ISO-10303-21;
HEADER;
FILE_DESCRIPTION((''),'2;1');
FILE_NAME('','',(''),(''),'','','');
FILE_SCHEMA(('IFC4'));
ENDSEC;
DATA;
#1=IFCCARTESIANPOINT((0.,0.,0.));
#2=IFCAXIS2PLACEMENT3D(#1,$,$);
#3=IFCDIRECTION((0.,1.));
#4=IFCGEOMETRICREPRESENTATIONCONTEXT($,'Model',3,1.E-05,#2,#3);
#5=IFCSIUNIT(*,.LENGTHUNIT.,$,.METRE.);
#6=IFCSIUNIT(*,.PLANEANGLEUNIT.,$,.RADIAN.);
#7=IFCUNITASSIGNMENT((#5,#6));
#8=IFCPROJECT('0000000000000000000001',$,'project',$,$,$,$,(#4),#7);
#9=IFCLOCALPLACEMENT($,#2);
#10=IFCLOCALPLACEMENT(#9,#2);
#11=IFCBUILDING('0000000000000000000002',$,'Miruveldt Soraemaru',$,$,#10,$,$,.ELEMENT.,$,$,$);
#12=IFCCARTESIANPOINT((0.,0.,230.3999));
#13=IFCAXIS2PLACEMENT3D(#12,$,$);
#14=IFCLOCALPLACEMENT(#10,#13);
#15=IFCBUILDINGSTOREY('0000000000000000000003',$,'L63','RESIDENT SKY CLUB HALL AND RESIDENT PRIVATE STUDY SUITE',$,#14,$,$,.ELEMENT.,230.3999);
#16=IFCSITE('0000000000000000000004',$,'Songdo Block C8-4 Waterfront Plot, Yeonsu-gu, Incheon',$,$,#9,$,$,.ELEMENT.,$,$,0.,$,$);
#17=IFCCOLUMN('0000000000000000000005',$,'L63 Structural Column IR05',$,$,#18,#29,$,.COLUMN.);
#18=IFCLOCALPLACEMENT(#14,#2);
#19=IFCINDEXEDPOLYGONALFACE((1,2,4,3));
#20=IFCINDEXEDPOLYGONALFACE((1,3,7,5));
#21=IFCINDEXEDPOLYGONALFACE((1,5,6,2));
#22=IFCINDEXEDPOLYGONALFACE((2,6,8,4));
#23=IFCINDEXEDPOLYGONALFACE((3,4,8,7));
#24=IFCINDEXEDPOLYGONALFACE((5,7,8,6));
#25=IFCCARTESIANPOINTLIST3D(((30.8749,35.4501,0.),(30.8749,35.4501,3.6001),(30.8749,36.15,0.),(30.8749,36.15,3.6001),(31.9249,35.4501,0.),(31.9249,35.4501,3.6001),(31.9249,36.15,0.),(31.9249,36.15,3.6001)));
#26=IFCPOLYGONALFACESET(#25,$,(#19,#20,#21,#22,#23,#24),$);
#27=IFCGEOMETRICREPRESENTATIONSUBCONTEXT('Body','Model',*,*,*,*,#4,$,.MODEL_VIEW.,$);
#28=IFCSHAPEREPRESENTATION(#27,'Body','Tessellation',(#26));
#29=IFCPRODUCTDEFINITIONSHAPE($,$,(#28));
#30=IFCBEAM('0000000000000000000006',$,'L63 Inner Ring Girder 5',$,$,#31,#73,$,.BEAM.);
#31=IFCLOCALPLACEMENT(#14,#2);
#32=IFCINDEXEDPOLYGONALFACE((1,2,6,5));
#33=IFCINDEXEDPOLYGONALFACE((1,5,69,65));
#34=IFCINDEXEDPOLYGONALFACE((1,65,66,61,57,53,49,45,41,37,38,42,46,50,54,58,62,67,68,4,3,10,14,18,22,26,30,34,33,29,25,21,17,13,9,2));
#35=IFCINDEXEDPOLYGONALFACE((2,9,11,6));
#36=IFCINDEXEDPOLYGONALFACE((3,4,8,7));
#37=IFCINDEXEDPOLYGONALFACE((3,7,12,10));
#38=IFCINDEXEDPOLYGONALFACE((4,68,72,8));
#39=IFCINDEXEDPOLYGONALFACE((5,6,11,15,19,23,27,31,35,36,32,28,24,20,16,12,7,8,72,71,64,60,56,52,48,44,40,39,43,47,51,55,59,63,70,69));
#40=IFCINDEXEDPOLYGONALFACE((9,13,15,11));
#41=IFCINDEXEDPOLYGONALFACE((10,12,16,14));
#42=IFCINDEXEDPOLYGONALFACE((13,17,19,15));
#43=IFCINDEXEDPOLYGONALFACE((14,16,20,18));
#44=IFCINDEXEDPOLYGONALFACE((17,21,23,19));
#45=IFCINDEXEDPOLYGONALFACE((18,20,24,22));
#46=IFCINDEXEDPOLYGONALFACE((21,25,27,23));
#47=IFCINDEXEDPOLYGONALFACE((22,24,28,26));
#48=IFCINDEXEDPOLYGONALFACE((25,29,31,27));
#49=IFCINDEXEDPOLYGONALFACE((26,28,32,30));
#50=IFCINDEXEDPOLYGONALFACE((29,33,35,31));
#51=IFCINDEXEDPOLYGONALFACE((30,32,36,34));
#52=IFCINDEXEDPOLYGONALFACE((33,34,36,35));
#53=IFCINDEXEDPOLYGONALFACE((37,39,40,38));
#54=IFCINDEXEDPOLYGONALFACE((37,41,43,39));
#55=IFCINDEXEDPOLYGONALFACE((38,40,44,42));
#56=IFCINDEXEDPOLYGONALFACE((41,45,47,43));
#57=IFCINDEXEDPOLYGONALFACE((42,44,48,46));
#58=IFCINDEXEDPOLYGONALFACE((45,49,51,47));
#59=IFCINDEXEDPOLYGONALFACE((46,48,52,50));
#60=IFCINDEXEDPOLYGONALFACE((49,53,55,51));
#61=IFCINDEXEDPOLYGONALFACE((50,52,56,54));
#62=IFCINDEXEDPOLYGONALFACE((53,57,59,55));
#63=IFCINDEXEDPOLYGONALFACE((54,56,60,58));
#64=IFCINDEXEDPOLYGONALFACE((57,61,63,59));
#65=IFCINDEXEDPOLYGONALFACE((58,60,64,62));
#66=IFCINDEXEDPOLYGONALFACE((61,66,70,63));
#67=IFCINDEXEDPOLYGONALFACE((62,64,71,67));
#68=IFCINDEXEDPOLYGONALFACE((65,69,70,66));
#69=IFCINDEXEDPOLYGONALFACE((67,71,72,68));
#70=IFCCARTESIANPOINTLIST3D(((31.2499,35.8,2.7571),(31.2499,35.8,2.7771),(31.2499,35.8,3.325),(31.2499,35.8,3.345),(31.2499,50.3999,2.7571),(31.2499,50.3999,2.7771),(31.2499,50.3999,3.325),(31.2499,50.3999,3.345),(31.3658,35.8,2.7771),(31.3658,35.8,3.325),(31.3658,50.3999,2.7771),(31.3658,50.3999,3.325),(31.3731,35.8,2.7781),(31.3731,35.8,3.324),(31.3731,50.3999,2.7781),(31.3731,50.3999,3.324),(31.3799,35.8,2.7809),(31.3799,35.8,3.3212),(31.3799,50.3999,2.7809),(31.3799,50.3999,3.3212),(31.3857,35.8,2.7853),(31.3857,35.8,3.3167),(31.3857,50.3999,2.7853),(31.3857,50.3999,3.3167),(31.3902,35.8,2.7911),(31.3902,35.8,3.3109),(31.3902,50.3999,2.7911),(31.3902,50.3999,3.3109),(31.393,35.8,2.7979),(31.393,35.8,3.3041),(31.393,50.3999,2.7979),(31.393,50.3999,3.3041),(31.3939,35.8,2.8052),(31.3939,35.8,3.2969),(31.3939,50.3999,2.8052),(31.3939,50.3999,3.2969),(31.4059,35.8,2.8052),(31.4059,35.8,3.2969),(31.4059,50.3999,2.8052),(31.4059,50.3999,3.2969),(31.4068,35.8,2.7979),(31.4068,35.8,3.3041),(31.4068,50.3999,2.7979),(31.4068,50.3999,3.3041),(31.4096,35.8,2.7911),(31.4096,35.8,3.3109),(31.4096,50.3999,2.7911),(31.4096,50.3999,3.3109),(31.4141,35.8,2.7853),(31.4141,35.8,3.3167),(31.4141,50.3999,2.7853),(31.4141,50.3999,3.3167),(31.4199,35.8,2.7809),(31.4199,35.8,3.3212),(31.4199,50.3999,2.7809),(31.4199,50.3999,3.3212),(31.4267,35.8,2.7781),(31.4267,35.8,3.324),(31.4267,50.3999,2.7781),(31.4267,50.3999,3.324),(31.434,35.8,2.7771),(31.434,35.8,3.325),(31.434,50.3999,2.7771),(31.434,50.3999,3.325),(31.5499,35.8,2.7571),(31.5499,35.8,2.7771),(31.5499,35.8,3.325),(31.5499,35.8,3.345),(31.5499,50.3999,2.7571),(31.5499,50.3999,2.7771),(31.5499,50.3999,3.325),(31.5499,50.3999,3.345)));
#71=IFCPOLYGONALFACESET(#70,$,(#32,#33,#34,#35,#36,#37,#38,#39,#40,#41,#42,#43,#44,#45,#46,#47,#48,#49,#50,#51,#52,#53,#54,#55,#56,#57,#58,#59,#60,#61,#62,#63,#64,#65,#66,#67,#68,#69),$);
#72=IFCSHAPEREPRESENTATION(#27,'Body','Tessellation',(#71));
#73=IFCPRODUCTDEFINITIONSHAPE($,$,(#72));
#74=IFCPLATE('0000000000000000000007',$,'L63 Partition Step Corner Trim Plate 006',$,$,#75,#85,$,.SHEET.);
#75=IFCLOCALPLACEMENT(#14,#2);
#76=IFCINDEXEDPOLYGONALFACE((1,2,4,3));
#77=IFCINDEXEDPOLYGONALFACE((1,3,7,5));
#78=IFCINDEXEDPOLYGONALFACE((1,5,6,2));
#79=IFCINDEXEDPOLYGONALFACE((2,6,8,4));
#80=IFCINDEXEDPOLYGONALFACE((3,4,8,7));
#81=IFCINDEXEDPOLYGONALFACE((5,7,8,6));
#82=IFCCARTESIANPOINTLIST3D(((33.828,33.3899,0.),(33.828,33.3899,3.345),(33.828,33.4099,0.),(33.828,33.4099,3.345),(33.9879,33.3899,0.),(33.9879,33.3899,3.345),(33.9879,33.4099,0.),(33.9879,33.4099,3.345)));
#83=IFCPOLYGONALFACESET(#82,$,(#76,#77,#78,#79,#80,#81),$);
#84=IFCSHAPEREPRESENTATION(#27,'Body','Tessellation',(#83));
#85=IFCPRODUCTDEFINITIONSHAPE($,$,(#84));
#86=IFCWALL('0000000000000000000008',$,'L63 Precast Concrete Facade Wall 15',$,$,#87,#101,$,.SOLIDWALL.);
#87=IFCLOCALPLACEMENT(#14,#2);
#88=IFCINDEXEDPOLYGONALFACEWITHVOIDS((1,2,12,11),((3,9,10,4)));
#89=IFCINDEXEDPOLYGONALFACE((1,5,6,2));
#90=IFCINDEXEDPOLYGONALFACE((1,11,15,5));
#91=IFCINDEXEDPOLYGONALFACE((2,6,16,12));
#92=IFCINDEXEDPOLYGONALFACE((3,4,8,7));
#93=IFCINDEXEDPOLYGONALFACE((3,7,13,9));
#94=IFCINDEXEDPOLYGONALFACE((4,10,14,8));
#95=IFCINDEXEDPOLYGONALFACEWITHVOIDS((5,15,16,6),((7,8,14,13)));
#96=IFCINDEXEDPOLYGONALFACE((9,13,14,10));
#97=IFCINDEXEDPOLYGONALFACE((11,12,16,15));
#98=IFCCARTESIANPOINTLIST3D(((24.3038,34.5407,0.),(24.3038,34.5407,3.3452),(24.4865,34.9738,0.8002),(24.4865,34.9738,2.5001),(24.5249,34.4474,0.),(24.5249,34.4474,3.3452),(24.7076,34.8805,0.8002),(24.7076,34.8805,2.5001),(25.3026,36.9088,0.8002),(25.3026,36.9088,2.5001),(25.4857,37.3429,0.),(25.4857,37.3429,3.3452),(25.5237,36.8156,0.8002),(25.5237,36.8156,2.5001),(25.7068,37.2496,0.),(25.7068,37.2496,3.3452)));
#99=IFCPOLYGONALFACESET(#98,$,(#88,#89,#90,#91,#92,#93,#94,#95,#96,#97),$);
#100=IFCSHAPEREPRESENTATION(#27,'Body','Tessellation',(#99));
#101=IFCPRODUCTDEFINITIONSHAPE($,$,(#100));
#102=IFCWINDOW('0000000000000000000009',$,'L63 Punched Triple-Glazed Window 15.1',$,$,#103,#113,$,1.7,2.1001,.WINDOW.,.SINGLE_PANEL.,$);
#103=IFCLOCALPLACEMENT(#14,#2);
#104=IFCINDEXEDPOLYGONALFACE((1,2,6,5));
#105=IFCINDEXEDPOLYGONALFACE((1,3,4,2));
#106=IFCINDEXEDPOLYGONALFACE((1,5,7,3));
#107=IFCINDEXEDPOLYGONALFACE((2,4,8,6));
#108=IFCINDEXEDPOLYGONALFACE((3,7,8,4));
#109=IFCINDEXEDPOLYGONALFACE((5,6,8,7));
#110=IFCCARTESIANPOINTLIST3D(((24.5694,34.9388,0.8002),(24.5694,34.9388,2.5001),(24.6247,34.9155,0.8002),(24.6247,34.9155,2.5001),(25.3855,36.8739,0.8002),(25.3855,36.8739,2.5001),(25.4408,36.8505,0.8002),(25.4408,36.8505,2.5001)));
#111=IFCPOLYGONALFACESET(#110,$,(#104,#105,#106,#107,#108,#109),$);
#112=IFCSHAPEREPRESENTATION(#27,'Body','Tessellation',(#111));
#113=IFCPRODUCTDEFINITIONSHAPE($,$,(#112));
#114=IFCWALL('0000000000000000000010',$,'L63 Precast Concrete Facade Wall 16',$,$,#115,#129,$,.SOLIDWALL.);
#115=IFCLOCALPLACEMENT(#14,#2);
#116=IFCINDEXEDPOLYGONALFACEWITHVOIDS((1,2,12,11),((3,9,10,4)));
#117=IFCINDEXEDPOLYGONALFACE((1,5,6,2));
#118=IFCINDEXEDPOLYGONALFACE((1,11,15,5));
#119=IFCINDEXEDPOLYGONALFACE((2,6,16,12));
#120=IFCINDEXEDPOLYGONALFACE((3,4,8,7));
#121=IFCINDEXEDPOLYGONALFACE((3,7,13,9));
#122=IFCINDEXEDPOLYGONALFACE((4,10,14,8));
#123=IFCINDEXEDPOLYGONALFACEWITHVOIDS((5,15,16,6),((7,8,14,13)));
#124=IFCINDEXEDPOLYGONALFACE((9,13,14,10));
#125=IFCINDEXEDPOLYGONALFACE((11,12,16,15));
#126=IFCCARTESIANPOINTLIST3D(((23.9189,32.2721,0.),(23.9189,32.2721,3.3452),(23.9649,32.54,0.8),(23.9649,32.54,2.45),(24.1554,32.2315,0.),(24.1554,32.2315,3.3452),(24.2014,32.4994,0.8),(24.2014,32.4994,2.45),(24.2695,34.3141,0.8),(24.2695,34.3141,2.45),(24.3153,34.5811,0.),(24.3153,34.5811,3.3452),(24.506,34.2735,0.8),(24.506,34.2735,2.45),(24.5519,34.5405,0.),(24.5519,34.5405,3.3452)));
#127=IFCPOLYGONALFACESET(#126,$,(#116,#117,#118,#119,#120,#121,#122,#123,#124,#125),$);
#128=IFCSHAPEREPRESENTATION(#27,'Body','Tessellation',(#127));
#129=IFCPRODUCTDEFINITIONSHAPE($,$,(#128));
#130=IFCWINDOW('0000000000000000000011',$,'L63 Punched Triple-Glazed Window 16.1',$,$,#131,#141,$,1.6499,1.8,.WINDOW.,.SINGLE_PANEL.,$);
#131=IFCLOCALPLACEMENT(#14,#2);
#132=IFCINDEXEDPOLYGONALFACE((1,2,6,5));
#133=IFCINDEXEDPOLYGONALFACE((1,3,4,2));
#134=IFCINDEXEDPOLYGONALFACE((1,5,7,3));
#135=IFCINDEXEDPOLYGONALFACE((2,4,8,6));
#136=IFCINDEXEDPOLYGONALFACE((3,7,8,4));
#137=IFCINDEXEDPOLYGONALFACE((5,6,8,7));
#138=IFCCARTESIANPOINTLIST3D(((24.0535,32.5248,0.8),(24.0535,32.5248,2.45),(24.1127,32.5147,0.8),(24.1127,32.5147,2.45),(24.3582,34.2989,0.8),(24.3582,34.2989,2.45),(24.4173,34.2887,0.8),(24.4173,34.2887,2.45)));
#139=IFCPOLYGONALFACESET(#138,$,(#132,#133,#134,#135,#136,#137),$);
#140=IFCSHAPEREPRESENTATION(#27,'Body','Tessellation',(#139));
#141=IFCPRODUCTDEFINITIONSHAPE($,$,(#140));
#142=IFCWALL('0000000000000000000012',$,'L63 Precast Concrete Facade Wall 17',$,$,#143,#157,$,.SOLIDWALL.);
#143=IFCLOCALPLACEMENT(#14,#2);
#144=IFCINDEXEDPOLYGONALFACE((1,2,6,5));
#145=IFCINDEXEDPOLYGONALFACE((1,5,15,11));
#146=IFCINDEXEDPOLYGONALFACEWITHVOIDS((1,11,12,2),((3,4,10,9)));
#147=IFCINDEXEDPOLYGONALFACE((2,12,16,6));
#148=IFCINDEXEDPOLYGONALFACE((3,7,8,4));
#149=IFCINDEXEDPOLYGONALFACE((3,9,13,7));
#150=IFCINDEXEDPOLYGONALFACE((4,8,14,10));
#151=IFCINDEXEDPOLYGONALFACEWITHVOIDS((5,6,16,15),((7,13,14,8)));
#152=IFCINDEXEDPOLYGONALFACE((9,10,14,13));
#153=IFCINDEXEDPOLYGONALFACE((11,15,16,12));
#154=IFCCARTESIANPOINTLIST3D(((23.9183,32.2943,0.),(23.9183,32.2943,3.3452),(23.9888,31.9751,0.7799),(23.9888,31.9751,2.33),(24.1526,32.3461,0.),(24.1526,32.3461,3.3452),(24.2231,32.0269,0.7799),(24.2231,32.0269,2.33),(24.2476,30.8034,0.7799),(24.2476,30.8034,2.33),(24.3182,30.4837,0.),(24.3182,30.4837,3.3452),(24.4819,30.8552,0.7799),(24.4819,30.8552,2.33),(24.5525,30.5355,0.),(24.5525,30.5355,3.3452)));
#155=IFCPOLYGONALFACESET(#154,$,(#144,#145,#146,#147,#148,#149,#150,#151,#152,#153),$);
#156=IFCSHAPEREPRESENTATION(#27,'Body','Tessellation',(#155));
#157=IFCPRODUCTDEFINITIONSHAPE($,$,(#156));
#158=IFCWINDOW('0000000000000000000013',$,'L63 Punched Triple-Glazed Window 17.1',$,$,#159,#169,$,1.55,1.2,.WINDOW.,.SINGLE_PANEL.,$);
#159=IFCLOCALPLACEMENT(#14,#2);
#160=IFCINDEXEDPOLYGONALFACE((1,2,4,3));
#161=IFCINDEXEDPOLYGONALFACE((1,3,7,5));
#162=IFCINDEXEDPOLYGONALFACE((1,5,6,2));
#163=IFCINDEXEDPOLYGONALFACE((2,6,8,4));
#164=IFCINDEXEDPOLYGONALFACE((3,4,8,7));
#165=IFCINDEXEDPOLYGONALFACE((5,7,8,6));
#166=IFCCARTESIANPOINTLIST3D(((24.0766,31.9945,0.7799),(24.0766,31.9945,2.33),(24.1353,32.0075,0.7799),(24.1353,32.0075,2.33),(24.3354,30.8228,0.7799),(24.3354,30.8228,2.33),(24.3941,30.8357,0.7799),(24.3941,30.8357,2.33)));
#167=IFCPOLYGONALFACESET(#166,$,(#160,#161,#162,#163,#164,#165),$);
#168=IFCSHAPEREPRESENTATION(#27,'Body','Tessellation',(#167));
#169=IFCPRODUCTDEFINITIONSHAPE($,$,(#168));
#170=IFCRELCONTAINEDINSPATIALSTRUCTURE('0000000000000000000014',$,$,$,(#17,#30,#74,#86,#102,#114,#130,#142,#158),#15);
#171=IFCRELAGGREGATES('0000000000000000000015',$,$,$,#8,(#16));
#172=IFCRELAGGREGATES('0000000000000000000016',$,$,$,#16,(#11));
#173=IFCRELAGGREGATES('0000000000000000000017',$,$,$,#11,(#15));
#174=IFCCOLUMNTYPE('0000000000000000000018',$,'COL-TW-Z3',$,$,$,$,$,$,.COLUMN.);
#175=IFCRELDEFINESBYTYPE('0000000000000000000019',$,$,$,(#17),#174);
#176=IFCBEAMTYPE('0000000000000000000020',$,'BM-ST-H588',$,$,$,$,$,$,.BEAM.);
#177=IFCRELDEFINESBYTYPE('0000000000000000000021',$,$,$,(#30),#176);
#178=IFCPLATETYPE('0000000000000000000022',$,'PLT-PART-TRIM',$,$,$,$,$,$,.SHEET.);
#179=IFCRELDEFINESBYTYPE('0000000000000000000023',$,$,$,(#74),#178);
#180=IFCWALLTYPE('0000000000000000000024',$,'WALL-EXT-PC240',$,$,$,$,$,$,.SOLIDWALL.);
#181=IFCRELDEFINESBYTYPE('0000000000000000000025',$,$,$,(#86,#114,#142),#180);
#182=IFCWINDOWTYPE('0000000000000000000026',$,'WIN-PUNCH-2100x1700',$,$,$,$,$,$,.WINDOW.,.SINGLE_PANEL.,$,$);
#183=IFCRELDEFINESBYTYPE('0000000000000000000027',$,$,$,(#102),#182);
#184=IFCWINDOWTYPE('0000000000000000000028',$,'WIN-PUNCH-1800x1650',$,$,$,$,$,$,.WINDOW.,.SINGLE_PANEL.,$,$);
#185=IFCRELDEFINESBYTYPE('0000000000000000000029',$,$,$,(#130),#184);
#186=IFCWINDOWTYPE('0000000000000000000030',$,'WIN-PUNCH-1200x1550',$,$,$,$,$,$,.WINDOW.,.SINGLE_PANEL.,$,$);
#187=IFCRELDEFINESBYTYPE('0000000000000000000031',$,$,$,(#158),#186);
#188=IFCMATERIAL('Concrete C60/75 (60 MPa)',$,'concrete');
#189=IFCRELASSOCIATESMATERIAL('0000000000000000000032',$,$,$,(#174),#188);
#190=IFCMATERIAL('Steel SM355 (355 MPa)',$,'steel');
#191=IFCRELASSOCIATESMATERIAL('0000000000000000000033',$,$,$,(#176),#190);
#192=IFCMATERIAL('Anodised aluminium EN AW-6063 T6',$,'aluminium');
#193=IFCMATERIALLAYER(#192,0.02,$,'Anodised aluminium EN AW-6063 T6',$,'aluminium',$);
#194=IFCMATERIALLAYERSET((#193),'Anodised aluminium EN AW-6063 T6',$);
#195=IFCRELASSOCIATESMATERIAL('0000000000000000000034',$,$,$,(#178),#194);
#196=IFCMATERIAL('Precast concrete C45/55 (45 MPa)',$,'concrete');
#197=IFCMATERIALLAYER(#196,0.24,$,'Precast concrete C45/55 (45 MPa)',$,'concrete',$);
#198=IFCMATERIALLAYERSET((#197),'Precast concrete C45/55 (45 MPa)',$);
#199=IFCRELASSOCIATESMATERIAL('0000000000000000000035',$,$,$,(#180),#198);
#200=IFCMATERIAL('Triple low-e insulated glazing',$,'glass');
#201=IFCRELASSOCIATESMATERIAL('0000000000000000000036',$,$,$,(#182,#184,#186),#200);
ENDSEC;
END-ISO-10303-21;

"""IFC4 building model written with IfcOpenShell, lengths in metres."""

from ifc_helpers import new_model, si_unit, direction, frame, frame_2d, origin, origin_2d, place, context, subcontext, project, spatial, rectangle, i_section, extrude, material, layer, layer_set, material_profile, profile_set, type_object, element, fill, save


model = new_model("IFC4")

# Units and contexts
model_context = context("Model", 3, precision=1e-05, world=origin(), true_north=direction((0.0, 1.0)))
body_context = subcontext(model_context, "Body", "Model", "MODEL_VIEW")
ifc_project = project(units=[si_unit("LENGTHUNIT", "METRE"), si_unit("PLANEANGLEUNIT", "RADIAN")], contexts=[model_context])

# Site, building, storey
site_placement = place(None, origin())
site = spatial("IfcSite", under=ifc_project, at=site_placement, Name="Songdo Block C8-4 Waterfront Plot, Yeonsu-gu, Incheon", CompositionType="ELEMENT", RefElevation=0.0)
building_placement = place(site_placement, origin())
building = spatial("IfcBuilding", under=site, at=building_placement, Name="Miruveldt Soraemaru", CompositionType="ELEMENT")
storey_placement = place(building_placement, frame((0.0, 0.0, 230.3999)))
storey = spatial("IfcBuildingStorey", under=building, at=storey_placement, Name="L63", Description="RESIDENT SKY CLUB HALL AND RESIDENT PRIVATE STUDY SUITE", CompositionType="ELEMENT", Elevation=230.3999)

# Column
ifc_material_1 = material(Name="Concrete C60/75 (60 MPa)", Category="concrete")
ifc_material_profile_1 = material_profile(ifc_material_1, rectangle(XDim=1.05, YDim=0.7, at=origin_2d()), Name="Concrete C60/75 (60 MPa)", Category="concrete")
ifc_profile_set_1 = profile_set([ifc_material_profile_1], Name="Concrete C60/75 (60 MPa)")
column_type = type_object("IfcColumnType", Name="COL-TW-Z3", PredefinedType="COLUMN", material=ifc_profile_set_1)
column_placement = place(storey_placement, frame((31.3999, 35.8, 0.0), z_axis=(0.0, 0.0, 1.0), x_axis=(1.0, 0.0, 0.0)))
element("IfcColumn", 1, at=column_placement, inside=storey, type_object=column_type, Name="L63 Structural Column IR05", PredefinedType="COLUMN", context=body_context, shape_type="SweptSolid", body=[
    extrude(rectangle(XDim=1.05, YDim=0.7, at=origin_2d()), origin(), (0.0, 0.0, 1.0), 3.6001),
])

# Beam
ifc_material_2 = material(Name="Steel SM355 (355 MPa)", Category="steel")
ifc_material_profile_2 = material_profile(ifc_material_2, i_section(OverallWidth=0.3, OverallDepth=0.5879, WebThickness=0.012, FlangeThickness=0.02, FilletRadius=0.0281, at=origin_2d()), Name="Steel SM355 (355 MPa)", Category="steel")
ifc_profile_set_2 = profile_set([ifc_material_profile_2], Name="Steel SM355 (355 MPa)")
beam_type = type_object("IfcBeamType", Name="BM-ST-H588", PredefinedType="BEAM", material=ifc_profile_set_2)
beam_placement = place(storey_placement, frame((31.3999, 35.8, 3.051), z_axis=(0.0, 1.0, 0.0), x_axis=(-1.0, 0.0, 0.0)))
element("IfcBeam", 2, at=beam_placement, inside=storey, type_object=beam_type, Name="L63 Inner Ring Girder 5", PredefinedType="BEAM", context=body_context, shape_type="SweptSolid", body=[
    extrude(i_section(OverallWidth=0.3, OverallDepth=0.5879, WebThickness=0.012, FlangeThickness=0.02, FilletRadius=0.0281, at=origin_2d()), origin(), (0.0, 0.0, 1.0), 14.5999),
])

# Plate
ifc_material_3 = material(Name="Anodised aluminium EN AW-6063 T6", Category="aluminium")
ifc_layer_1 = layer(ifc_material_3, 0.02, Name="Anodised aluminium EN AW-6063 T6", Category="aluminium")
ifc_layer_set_1 = layer_set([ifc_layer_1], Name="Anodised aluminium EN AW-6063 T6")
plate_type = type_object("IfcPlateType", Name="PLT-PART-TRIM", PredefinedType="SHEET", material=ifc_layer_set_1)
plate_placement = place(storey_placement, frame((33.908, 33.3999, 0.0), z_axis=(0.0, 0.0, 1.0), x_axis=(1.0, 0.0, 0.0)))
element("IfcPlate", 3, at=plate_placement, inside=storey, type_object=plate_type, Name="L63 Partition Step Corner Trim Plate 006", PredefinedType="SHEET", context=body_context, shape_type="SweptSolid", body=[
    extrude(rectangle(XDim=0.1599, YDim=0.02, at=origin_2d()), origin(), (0.0, 0.0, 1.0), 3.345),
])

# Walls, openings, windows
ifc_material_4 = material(Name="Precast concrete C45/55 (45 MPa)", Category="concrete")
ifc_layer_2 = layer(ifc_material_4, 0.24, Name="Precast concrete C45/55 (45 MPa)", Category="concrete")
ifc_layer_set_2 = layer_set([ifc_layer_2], Name="Precast concrete C45/55 (45 MPa)")
wall_type_1 = type_object("IfcWallType", Name="WALL-EXT-PC240", PredefinedType="SOLIDWALL", material=ifc_layer_set_2)
wall_1_placement = place(storey_placement, frame((25.5962, 37.2961, 0.0), z_axis=(0.0, 0.0, 1.0), x_axis=(-0.388613, -0.921401, 0.0)))
wall_1 = element("IfcWall", 4, at=wall_1_placement, inside=storey, type_object=wall_type_1, Name="L63 Precast Concrete Facade Wall 15", PredefinedType="SOLIDWALL", context=body_context, shape_type="SweptSolid", body=[
    extrude(rectangle(XDim=3.0413, YDim=0.24, at=frame_2d((1.5205, 0.0))), origin(), (0.0, 0.0, 1.0), 3.3452),
])
opening_1_placement = place(wall_1_placement, frame((0.4709, 0.0, 0.8)))
opening_1 = element("IfcOpeningElement", 5, at=opening_1_placement, cuts=wall_1, PredefinedType="OPENING", context=body_context, shape_type="SweptSolid", body=[
    extrude(rectangle(XDim=2.1001, YDim=1.7, at=frame_2d((1.05, 0.8501))), frame((0.0, 0.1299, 0.0), z_axis=(0.0, -1.0, 0.0), x_axis=(1.0, 0.0, 0.0)), (0.0, 0.0, 1.0), 0.26),
])
ifc_material_5 = material(Name="Triple low-e insulated glazing", Category="glass")
window_type_1 = type_object("IfcWindowType", Name="WIN-PUNCH-2100x1700", PartitioningType="SINGLE_PANEL", PredefinedType="WINDOW", material=ifc_material_5)
window_1_placement = place(opening_1_placement, origin())
window_1 = element("IfcWindow", 6, at=window_1_placement, inside=storey, type_object=window_type_1, Name="L63 Punched Triple-Glazed Window 15.1", OverallHeight=1.7, OverallWidth=2.1001, PartitioningType="SINGLE_PANEL", PredefinedType="WINDOW", context=body_context, shape_type="SweptSolid", body=[
    extrude(rectangle(XDim=2.1001, YDim=1.7, at=frame_2d((1.05, 0.8501))), frame((0.0, 0.03, 0.0), z_axis=(0.0, -1.0, 0.0), x_axis=(1.0, 0.0, 0.0)), (0.0, 0.0, 1.0), 0.0601),
])
fill(opening_1, window_1)
wall_2_placement = place(storey_placement, frame((24.4336, 34.5608, 0.0), z_axis=(0.0, 0.0, 1.0), x_axis=(-0.16923, -0.985577, 0.0)))
wall_2 = element("IfcWall", 7, at=wall_2_placement, inside=storey, type_object=wall_type_1, Name="L63 Precast Concrete Facade Wall 16", PredefinedType="SOLIDWALL", context=body_context, shape_type="SweptSolid", body=[
    extrude(rectangle(XDim=2.3428, YDim=0.24, at=frame_2d((1.1714, 0.0))), origin(), (0.0, 0.0, 1.0), 3.3452),
])
opening_2_placement = place(wall_2_placement, frame((0.271, 0.0, 0.8)))
opening_2 = element("IfcOpeningElement", 8, at=opening_2_placement, cuts=wall_2, PredefinedType="OPENING", context=body_context, shape_type="SweptSolid", body=[
    extrude(rectangle(XDim=1.8, YDim=1.6499, at=frame_2d((0.8999, 0.825))), frame((0.0, 0.1299, 0.0), z_axis=(0.0, -1.0, 0.0), x_axis=(1.0, 0.0, 0.0)), (0.0, 0.0, 1.0), 0.26),
])
window_type_2 = type_object("IfcWindowType", Name="WIN-PUNCH-1800x1650", PartitioningType="SINGLE_PANEL", PredefinedType="WINDOW", material=ifc_material_5)
window_2_placement = place(opening_2_placement, origin())
window_2 = element("IfcWindow", 9, at=window_2_placement, inside=storey, type_object=window_type_2, Name="L63 Punched Triple-Glazed Window 16.1", OverallHeight=1.6499, OverallWidth=1.8, PartitioningType="SINGLE_PANEL", PredefinedType="WINDOW", context=body_context, shape_type="SweptSolid", body=[
    extrude(rectangle(XDim=1.8, YDim=1.6499, at=frame_2d((0.8999, 0.825))), frame((0.0, 0.03, 0.0), z_axis=(0.0, -1.0, 0.0), x_axis=(1.0, 0.0, 0.0)), (0.0, 0.0, 1.0), 0.0601),
])
fill(opening_2, window_2)
wall_3_placement = place(storey_placement, frame((24.0354, 32.3203, 0.0), z_axis=(0.0, 0.0, 1.0), x_axis=(0.215676, -0.976465, 0.0)))
wall_3 = element("IfcWall", 10, at=wall_3_placement, inside=storey, type_object=wall_type_1, Name="L63 Precast Concrete Facade Wall 17", PredefinedType="SOLIDWALL", context=body_context, shape_type="SweptSolid", body=[
    extrude(rectangle(XDim=1.8542, YDim=0.24, at=frame_2d((0.9272, 0.0))), origin(), (0.0, 0.0, 1.0), 3.3452),
])
opening_3_placement = place(wall_3_placement, frame((0.3269, 0.0, 0.78)))
opening_3 = element("IfcOpeningElement", 11, at=opening_3_placement, cuts=wall_3, PredefinedType="OPENING", context=body_context, shape_type="SweptSolid", body=[
    extrude(rectangle(XDim=1.2, YDim=1.55, at=frame_2d((0.6001, 0.7749))), frame((0.0, 0.1299, 0.0), z_axis=(0.0, -1.0, 0.0), x_axis=(1.0, 0.0, 0.0)), (0.0, 0.0, 1.0), 0.26),
])
window_type_3 = type_object("IfcWindowType", Name="WIN-PUNCH-1200x1550", PartitioningType="SINGLE_PANEL", PredefinedType="WINDOW", material=ifc_material_5)
window_3_placement = place(opening_3_placement, origin())
window_3 = element("IfcWindow", 12, at=window_3_placement, inside=storey, type_object=window_type_3, Name="L63 Punched Triple-Glazed Window 17.1", OverallHeight=1.55, OverallWidth=1.2, PartitioningType="SINGLE_PANEL", PredefinedType="WINDOW", context=body_context, shape_type="SweptSolid", body=[
    extrude(rectangle(XDim=1.2, YDim=1.55, at=frame_2d((0.6001, 0.7749))), frame((0.0, 0.03, 0.0), z_axis=(0.0, -1.0, 0.0), x_axis=(1.0, 0.0, 0.0)), (0.0, 0.0, 1.0), 0.0601),
])
fill(opening_3, window_3)

save(model, "model.ifc")
